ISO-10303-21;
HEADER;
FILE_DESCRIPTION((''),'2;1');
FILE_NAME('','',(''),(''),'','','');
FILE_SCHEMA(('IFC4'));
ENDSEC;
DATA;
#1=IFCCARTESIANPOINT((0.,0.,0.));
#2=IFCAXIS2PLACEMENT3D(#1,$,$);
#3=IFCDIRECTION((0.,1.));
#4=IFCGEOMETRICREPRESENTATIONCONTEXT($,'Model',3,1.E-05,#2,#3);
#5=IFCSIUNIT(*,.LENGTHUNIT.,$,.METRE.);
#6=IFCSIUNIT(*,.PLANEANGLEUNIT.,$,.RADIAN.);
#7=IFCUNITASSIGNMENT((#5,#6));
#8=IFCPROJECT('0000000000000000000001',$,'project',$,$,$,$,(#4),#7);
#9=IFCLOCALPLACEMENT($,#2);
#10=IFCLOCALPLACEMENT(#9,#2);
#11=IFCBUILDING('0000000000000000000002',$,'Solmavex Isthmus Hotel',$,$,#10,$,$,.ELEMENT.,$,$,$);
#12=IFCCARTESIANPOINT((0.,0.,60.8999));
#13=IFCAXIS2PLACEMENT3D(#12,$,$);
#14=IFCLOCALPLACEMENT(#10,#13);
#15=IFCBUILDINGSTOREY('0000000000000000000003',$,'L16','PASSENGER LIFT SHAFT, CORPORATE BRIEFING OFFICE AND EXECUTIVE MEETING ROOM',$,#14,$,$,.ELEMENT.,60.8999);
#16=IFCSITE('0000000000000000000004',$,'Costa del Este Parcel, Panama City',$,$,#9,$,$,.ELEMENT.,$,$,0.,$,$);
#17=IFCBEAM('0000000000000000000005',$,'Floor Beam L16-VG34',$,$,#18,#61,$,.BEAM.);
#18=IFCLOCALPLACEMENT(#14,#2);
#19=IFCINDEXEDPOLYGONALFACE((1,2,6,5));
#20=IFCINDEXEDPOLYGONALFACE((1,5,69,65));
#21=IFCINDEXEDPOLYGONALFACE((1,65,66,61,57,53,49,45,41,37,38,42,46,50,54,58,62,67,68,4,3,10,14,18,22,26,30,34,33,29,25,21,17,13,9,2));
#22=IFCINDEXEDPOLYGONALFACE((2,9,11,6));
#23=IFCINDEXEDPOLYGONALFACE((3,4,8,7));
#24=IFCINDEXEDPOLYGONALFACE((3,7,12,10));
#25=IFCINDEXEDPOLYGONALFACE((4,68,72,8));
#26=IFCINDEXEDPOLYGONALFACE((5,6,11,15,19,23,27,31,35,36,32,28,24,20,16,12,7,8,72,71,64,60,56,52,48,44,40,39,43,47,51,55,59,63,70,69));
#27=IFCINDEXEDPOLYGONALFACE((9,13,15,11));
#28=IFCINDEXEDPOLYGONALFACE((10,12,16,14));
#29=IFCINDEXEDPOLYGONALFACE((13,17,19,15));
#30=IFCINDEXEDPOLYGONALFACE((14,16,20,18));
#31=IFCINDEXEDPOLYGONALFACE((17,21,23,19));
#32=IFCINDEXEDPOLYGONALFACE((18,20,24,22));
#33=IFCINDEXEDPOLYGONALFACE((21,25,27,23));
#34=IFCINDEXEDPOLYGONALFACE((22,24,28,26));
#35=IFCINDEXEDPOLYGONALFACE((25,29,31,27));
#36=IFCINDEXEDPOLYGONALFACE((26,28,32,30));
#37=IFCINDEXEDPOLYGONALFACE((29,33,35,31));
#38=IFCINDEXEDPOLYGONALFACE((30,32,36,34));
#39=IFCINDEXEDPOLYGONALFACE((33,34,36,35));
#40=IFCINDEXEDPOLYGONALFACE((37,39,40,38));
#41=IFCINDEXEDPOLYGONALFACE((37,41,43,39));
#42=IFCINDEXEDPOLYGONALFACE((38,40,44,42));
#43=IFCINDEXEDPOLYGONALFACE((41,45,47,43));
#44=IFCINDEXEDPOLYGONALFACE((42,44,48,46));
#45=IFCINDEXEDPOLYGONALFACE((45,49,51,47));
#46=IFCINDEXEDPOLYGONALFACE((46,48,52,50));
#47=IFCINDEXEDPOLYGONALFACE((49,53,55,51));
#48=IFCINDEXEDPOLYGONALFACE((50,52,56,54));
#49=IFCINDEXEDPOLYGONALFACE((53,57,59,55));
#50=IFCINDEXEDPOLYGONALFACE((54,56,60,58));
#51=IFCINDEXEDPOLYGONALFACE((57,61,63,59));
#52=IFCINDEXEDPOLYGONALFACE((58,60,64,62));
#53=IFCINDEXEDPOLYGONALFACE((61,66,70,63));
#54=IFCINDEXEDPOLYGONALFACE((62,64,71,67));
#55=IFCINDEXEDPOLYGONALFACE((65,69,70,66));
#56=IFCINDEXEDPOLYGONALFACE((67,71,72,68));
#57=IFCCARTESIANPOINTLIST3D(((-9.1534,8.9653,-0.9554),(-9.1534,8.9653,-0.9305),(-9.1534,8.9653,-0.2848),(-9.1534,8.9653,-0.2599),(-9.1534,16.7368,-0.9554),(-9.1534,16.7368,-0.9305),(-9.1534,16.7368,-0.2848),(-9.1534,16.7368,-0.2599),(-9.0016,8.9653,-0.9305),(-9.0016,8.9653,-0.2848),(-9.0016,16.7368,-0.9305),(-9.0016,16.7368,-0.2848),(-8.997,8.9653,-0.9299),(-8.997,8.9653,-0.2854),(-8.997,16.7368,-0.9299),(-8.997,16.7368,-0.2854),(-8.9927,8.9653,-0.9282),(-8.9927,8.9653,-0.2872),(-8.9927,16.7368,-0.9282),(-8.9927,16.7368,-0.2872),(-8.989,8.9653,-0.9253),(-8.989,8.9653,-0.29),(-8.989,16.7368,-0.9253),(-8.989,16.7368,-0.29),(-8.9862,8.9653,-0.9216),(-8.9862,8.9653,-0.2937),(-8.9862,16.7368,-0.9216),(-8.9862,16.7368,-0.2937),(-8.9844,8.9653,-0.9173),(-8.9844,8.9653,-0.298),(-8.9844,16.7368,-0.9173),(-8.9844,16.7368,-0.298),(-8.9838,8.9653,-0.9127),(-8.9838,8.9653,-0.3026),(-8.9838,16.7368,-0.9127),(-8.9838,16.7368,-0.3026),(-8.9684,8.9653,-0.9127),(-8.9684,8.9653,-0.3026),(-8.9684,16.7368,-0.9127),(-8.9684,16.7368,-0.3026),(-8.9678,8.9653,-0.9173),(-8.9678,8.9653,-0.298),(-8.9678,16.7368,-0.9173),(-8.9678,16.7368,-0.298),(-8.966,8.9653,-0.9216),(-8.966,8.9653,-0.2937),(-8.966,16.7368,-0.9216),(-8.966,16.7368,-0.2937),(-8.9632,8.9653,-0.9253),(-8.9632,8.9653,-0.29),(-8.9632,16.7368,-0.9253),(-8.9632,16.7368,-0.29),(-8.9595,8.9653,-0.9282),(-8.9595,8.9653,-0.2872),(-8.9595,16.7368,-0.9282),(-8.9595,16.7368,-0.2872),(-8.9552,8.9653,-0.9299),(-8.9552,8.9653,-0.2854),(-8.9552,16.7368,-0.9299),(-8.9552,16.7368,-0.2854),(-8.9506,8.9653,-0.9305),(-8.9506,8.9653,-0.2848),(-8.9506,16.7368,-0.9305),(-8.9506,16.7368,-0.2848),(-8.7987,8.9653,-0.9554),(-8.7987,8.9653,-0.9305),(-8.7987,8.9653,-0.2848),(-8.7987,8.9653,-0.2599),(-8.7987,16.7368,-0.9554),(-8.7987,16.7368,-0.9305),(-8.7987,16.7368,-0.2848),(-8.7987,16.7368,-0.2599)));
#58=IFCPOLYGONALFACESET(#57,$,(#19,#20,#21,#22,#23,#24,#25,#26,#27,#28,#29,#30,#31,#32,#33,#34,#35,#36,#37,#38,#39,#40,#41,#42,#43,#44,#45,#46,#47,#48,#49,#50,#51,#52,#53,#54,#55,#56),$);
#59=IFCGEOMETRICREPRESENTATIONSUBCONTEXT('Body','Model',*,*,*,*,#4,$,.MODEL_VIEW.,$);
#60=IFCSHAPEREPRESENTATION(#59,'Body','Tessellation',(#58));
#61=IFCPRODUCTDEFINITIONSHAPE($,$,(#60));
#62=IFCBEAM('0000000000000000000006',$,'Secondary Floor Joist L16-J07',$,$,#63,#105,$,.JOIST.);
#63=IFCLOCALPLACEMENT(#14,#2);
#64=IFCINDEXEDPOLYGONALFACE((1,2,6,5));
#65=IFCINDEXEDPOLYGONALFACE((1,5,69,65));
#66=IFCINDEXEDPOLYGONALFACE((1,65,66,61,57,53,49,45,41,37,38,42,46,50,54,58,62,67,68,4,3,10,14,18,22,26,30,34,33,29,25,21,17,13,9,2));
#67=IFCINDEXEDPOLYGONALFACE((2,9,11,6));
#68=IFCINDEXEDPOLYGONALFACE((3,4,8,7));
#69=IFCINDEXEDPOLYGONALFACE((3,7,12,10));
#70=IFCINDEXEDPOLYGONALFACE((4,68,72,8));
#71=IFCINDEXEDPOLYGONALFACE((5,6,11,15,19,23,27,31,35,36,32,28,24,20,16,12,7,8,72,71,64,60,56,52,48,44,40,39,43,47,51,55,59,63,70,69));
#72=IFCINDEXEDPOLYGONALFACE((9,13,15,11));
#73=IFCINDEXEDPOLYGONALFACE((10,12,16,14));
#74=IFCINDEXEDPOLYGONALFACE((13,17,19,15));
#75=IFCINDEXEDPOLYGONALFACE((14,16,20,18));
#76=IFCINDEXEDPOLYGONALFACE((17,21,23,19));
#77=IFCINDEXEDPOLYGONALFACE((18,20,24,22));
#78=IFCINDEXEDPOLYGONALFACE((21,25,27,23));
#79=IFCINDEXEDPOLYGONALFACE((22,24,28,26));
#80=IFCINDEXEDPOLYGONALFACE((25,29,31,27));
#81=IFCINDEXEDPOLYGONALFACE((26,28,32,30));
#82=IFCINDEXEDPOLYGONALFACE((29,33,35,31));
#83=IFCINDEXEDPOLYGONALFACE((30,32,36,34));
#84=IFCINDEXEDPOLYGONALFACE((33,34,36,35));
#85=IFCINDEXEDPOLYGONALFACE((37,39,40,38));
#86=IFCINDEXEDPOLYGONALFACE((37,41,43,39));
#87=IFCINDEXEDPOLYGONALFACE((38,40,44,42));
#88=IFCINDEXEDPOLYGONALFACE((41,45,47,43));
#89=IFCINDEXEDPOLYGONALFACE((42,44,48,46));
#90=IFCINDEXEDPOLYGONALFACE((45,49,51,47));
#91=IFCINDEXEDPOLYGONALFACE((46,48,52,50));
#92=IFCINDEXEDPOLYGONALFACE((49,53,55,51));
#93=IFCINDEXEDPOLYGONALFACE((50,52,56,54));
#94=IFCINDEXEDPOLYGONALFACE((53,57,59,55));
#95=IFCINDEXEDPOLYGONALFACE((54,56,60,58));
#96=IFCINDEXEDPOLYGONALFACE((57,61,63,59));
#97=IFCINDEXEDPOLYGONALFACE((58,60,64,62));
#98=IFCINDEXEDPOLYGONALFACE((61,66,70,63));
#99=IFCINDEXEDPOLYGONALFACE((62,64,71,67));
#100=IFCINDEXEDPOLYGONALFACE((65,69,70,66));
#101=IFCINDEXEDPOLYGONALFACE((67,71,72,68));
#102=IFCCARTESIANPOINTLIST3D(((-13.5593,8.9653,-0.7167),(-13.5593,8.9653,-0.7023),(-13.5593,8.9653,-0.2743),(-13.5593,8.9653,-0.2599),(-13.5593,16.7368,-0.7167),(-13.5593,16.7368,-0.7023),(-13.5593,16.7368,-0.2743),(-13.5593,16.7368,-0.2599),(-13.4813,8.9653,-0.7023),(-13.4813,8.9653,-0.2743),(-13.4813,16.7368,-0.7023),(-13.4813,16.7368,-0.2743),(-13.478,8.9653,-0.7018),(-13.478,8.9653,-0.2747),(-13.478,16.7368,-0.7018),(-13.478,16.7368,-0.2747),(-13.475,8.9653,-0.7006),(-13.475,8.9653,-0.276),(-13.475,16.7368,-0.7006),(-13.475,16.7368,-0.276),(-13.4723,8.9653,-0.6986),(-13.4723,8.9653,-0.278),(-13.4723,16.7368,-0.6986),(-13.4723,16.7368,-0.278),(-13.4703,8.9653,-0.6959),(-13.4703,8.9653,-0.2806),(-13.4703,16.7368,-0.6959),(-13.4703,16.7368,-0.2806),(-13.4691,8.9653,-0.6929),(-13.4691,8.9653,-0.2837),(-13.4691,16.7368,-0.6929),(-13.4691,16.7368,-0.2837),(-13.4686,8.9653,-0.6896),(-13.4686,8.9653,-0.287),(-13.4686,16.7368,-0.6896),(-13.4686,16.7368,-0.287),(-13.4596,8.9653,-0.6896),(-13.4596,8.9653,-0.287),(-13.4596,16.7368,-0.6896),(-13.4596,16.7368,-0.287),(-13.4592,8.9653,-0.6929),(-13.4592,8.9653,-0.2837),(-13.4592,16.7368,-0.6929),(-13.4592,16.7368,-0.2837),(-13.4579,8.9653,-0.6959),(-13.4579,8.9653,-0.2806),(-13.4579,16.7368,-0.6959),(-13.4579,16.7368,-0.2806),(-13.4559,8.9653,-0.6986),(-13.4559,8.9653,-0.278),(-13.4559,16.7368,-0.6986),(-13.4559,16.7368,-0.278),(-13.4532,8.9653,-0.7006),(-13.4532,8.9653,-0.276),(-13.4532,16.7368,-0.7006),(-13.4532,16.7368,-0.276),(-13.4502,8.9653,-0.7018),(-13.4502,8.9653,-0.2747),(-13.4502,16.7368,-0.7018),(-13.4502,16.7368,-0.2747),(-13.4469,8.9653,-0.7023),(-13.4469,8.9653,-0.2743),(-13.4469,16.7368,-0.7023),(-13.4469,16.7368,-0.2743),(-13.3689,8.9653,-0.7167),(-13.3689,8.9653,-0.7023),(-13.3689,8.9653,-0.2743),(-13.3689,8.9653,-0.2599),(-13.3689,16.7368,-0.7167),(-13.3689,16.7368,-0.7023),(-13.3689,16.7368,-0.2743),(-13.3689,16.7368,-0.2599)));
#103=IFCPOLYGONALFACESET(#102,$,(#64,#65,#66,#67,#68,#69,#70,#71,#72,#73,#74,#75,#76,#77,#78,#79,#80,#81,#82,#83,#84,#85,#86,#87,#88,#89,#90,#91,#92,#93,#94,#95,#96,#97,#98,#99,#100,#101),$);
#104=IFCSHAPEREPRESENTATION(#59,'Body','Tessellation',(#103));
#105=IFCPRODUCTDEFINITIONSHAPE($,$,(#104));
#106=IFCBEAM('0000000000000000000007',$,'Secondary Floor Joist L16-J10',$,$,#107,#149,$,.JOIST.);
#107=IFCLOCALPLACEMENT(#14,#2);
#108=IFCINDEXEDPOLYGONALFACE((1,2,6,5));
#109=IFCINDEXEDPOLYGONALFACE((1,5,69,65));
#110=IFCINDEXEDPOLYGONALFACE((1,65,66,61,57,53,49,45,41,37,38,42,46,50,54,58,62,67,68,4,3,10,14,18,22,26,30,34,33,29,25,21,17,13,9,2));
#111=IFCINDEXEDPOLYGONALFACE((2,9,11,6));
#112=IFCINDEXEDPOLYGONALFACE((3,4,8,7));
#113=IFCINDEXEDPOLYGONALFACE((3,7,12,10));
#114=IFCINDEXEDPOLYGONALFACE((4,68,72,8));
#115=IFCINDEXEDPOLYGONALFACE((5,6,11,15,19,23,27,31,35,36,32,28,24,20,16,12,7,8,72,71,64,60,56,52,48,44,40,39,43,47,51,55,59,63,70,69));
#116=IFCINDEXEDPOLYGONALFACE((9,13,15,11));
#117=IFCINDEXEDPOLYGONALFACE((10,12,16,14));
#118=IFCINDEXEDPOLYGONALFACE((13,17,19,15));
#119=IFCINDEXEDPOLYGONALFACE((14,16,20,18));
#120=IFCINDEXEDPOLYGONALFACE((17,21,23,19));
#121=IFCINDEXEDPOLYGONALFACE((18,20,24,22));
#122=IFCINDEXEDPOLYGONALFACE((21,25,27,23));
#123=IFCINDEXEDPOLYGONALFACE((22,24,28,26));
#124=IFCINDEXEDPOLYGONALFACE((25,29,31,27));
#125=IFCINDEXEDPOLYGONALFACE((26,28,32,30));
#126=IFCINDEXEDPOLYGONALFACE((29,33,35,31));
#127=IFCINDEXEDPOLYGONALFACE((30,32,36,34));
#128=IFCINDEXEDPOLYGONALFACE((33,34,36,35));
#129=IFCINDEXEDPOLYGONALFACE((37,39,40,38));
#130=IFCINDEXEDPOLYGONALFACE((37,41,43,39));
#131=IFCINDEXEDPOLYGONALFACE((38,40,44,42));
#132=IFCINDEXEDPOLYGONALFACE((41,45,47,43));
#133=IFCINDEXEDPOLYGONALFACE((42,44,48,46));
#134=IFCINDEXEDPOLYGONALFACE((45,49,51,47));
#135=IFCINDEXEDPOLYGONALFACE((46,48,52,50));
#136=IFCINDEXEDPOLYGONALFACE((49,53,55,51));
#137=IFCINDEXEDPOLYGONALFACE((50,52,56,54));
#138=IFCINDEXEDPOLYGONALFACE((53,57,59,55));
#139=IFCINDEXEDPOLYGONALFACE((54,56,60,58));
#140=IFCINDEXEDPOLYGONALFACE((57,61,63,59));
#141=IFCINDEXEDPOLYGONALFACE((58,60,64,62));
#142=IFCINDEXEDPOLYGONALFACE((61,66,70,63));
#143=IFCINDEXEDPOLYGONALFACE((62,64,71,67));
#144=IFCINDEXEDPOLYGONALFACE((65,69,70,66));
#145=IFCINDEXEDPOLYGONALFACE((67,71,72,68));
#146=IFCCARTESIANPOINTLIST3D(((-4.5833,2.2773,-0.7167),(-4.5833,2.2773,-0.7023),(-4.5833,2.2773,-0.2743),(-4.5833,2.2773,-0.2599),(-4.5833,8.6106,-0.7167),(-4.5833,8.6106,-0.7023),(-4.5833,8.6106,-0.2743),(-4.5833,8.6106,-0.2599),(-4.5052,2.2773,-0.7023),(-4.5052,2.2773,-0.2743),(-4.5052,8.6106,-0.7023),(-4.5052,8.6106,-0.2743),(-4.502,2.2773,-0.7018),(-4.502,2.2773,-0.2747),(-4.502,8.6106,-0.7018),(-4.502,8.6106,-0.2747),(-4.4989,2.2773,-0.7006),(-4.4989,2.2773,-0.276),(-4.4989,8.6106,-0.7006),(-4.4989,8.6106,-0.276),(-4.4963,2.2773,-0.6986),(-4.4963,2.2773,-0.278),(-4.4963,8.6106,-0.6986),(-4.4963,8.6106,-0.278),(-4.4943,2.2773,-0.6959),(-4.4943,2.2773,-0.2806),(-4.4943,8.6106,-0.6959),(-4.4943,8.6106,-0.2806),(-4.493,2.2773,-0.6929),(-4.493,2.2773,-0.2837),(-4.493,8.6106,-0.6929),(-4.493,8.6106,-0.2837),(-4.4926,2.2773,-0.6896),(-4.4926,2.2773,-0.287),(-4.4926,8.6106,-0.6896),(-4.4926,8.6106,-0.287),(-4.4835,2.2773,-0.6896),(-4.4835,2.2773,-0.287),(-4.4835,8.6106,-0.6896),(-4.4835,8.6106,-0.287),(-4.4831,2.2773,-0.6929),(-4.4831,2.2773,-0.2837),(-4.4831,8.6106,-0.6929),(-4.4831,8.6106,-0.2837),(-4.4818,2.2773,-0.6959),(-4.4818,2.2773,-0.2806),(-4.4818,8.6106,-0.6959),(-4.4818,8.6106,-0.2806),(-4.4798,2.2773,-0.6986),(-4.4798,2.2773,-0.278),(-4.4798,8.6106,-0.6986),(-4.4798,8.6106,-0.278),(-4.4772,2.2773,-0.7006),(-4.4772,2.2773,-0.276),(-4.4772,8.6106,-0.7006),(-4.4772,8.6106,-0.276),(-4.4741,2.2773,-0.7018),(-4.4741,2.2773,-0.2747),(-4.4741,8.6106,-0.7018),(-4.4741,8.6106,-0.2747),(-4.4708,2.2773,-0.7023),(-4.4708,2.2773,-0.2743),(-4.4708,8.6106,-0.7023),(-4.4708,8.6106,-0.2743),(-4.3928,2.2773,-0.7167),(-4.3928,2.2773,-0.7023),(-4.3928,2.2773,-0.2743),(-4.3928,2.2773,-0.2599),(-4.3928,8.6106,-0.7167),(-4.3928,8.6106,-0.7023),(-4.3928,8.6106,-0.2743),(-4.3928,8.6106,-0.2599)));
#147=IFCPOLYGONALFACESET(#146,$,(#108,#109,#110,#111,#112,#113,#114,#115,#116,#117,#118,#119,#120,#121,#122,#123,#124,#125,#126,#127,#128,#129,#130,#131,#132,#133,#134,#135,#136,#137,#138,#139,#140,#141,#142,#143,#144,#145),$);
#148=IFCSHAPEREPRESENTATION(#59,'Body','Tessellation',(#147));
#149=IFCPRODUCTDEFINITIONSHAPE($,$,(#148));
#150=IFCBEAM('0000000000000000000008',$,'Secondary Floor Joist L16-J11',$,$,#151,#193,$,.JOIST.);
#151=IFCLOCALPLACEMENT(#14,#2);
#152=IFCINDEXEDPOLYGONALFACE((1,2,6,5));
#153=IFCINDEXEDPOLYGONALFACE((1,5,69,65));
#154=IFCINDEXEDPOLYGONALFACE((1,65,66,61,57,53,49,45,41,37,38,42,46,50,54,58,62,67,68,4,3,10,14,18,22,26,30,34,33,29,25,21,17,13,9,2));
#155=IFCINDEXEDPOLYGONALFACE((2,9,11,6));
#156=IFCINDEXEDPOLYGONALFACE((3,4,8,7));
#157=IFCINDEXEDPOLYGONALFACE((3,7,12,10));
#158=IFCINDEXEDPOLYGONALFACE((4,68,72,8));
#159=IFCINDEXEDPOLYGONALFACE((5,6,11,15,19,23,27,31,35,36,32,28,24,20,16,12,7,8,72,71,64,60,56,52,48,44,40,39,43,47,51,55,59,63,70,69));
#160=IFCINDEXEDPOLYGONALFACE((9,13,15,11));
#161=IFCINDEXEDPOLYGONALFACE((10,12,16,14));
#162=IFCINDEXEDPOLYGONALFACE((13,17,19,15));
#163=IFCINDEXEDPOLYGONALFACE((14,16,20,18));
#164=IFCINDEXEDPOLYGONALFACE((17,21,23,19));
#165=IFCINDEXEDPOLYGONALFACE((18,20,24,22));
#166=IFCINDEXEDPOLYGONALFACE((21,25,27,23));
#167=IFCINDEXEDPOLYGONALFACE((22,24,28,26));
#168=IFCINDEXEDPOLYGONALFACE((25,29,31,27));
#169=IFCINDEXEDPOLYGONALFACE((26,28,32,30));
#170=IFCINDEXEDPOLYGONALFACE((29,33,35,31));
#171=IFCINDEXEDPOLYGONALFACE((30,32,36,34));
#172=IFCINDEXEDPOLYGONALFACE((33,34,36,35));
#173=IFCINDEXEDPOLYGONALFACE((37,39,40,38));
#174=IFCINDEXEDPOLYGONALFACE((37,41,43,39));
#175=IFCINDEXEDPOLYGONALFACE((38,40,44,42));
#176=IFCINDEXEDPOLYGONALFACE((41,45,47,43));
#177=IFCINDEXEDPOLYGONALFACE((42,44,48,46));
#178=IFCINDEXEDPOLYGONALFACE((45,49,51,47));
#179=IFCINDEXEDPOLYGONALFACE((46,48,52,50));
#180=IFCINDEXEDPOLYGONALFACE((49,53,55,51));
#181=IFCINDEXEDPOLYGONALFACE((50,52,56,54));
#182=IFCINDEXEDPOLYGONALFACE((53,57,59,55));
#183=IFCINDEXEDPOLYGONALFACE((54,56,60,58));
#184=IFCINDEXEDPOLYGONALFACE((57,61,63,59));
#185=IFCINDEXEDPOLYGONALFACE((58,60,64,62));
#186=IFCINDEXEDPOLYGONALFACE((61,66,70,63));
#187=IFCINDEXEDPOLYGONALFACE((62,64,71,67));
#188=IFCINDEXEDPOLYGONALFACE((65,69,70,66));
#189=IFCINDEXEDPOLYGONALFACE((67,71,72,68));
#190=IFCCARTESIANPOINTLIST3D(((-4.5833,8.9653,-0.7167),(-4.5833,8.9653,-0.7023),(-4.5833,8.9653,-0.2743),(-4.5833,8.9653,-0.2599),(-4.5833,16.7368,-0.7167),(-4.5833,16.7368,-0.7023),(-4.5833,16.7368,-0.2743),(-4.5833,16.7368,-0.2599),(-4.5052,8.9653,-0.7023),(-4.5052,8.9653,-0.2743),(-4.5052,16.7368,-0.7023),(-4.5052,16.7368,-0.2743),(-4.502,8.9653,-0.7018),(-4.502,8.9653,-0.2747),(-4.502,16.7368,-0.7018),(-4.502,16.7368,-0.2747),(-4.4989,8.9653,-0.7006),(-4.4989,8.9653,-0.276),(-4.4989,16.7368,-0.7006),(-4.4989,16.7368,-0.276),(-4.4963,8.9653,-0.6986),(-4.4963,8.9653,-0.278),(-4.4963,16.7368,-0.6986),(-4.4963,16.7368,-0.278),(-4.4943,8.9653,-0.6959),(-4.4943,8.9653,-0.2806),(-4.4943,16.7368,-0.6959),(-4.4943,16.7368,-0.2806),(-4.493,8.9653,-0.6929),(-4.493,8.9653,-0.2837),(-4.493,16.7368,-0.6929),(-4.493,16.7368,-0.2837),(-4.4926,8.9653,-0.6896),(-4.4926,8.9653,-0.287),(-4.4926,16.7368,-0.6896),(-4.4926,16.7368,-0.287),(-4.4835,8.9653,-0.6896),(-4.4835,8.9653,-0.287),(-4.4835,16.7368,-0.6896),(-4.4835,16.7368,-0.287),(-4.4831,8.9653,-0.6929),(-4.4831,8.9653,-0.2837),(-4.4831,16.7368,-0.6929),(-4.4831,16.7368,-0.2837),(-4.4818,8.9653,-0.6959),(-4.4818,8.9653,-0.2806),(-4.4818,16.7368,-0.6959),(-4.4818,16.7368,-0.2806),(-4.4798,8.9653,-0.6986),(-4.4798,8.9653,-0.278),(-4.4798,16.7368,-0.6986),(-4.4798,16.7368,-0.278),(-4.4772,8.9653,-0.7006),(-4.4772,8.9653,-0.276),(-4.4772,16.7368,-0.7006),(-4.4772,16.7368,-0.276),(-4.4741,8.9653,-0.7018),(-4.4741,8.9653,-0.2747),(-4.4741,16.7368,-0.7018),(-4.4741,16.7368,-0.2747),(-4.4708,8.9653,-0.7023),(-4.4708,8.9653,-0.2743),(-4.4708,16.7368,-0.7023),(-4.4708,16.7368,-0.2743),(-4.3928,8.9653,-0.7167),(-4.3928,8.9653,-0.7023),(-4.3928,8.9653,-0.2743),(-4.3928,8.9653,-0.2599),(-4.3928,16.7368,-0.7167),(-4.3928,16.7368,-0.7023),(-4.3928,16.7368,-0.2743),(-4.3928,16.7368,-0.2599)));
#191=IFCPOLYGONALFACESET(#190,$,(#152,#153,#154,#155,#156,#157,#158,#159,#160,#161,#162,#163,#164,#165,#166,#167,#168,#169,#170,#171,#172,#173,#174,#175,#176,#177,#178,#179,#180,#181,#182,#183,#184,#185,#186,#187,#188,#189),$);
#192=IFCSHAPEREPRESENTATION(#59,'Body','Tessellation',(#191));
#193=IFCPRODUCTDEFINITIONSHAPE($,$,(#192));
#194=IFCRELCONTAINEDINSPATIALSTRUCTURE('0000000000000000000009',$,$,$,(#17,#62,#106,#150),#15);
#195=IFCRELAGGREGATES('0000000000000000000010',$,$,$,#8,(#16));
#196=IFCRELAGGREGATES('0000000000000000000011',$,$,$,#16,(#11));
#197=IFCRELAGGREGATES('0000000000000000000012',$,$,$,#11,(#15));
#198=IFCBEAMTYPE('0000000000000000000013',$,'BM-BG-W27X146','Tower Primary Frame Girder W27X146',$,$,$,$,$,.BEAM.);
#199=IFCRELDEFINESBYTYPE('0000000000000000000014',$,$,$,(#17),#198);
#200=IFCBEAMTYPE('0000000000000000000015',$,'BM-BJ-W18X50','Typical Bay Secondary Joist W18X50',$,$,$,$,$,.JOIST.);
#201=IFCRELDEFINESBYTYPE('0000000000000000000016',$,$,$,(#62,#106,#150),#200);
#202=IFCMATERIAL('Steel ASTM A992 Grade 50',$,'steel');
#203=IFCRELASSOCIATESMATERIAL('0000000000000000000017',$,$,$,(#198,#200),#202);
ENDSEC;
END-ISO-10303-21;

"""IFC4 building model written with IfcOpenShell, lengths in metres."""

from ifc_helpers import new_model, si_unit, direction, frame, origin, origin_2d, place, context, subcontext, project, spatial, i_section, extrude, material, material_profile, profile_set, type_object, element, save


model = new_model("IFC4")

# Units and contexts
model_context = context("Model", 3, precision=1e-05, world=origin(), true_north=direction((0.0, 1.0)))
body_context = subcontext(model_context, "Body", "Model", "MODEL_VIEW")
ifc_project = project(units=[si_unit("LENGTHUNIT", "METRE"), si_unit("PLANEANGLEUNIT", "RADIAN")], contexts=[model_context])

# Site, building, storey
site_placement = place(None, origin())
site = spatial("IfcSite", under=ifc_project, at=site_placement, Name="Costa del Este Parcel, Panama City", CompositionType="ELEMENT", RefElevation=0.0)
building_placement = place(site_placement, origin())
building = spatial("IfcBuilding", under=site, at=building_placement, Name="Solmavex Isthmus Hotel", CompositionType="ELEMENT")
storey_placement = place(building_placement, frame((0.0, 0.0, 60.8999)))
storey = spatial("IfcBuildingStorey", under=building, at=storey_placement, Name="L16", Description="PASSENGER LIFT SHAFT, CORPORATE BRIEFING OFFICE AND EXECUTIVE MEETING ROOM", CompositionType="ELEMENT", Elevation=60.8999)

# Beams
ifc_material_1 = material(Name="Steel ASTM A992 Grade 50", Category="steel")
ifc_material_profile_1 = material_profile(ifc_material_1, i_section(OverallWidth=0.3547, OverallDepth=0.6956, WebThickness=0.0154, FlangeThickness=0.0249, FilletRadius=0.0178, at=origin_2d()), Name="W27X146")
ifc_profile_set_1 = profile_set([ifc_material_profile_1], Name="Steel ASTM A992 Grade 50")
beam_type_1 = type_object("IfcBeamType", Name="BM-BG-W27X146", Description="Tower Primary Frame Girder W27X146", PredefinedType="BEAM", material=ifc_profile_set_1)
for number, where, z_axis, x_axis, name in (
    (1, (-8.9761, 8.9653, -0.6077), (0.0, 1.0, 0.0), (-1.0, 0.0, 0.0), "Floor Beam L16-VG34"),
):
    element("IfcBeam", number, at=place(storey_placement, frame(where, z_axis=z_axis, x_axis=x_axis)), inside=storey, type_object=beam_type_1, Name=name, PredefinedType="BEAM", context=body_context, shape_type="SweptSolid", body=[
        extrude(i_section(OverallWidth=0.3547, OverallDepth=0.6956, WebThickness=0.0154, FlangeThickness=0.0249, FilletRadius=0.0178, at=origin_2d()), origin(), (0.0, 0.0, 1.0), 7.7715),
    ])
ifc_material_profile_2 = material_profile(ifc_material_1, i_section(OverallWidth=0.1904, OverallDepth=0.4568, WebThickness=0.009, FlangeThickness=0.0144, FilletRadius=0.0127, at=origin_2d()), Name="W18X50")
ifc_profile_set_2 = profile_set([ifc_material_profile_2], Name="Steel ASTM A992 Grade 50")
beam_type_2 = type_object("IfcBeamType", Name="BM-BJ-W18X50", Description="Typical Bay Secondary Joist W18X50", PredefinedType="JOIST", material=ifc_profile_set_2)
beam_1_placement = place(storey_placement, frame((-13.4641, 8.9653, -0.4883), z_axis=(0.0, 1.0, 0.0), x_axis=(-1.0, 0.0, 0.0)))
element("IfcBeam", 2, at=beam_1_placement, inside=storey, type_object=beam_type_2, Name="Secondary Floor Joist L16-J07", PredefinedType="JOIST", context=body_context, shape_type="SweptSolid", body=[
    extrude(i_section(OverallWidth=0.1904, OverallDepth=0.4568, WebThickness=0.009, FlangeThickness=0.0144, FilletRadius=0.0127, at=origin_2d()), origin(), (0.0, 0.0, 1.0), 7.7715),
])
beam_2_placement = place(storey_placement, frame((-4.488, 2.2773, -0.4883), z_axis=(0.0, 1.0, 0.0), x_axis=(-1.0, 0.0, 0.0)))
element("IfcBeam", 3, at=beam_2_placement, inside=storey, type_object=beam_type_2, Name="Secondary Floor Joist L16-J10", PredefinedType="JOIST", context=body_context, shape_type="SweptSolid", body=[
    extrude(i_section(OverallWidth=0.1904, OverallDepth=0.4568, WebThickness=0.009, FlangeThickness=0.0144, FilletRadius=0.0127, at=origin_2d()), origin(), (0.0, 0.0, 1.0), 6.3333),
])
beam_3_placement = place(storey_placement, frame((-4.488, 8.9653, -0.4883), z_axis=(0.0, 1.0, 0.0), x_axis=(-1.0, 0.0, 0.0)))
element("IfcBeam", 4, at=beam_3_placement, inside=storey, type_object=beam_type_2, Name="Secondary Floor Joist L16-J11", PredefinedType="JOIST", context=body_context, shape_type="SweptSolid", body=[
    extrude(i_section(OverallWidth=0.1904, OverallDepth=0.4568, WebThickness=0.009, FlangeThickness=0.0144, FilletRadius=0.0127, at=origin_2d()), origin(), (0.0, 0.0, 1.0), 7.7715),
])

save(model, "model.ifc")
